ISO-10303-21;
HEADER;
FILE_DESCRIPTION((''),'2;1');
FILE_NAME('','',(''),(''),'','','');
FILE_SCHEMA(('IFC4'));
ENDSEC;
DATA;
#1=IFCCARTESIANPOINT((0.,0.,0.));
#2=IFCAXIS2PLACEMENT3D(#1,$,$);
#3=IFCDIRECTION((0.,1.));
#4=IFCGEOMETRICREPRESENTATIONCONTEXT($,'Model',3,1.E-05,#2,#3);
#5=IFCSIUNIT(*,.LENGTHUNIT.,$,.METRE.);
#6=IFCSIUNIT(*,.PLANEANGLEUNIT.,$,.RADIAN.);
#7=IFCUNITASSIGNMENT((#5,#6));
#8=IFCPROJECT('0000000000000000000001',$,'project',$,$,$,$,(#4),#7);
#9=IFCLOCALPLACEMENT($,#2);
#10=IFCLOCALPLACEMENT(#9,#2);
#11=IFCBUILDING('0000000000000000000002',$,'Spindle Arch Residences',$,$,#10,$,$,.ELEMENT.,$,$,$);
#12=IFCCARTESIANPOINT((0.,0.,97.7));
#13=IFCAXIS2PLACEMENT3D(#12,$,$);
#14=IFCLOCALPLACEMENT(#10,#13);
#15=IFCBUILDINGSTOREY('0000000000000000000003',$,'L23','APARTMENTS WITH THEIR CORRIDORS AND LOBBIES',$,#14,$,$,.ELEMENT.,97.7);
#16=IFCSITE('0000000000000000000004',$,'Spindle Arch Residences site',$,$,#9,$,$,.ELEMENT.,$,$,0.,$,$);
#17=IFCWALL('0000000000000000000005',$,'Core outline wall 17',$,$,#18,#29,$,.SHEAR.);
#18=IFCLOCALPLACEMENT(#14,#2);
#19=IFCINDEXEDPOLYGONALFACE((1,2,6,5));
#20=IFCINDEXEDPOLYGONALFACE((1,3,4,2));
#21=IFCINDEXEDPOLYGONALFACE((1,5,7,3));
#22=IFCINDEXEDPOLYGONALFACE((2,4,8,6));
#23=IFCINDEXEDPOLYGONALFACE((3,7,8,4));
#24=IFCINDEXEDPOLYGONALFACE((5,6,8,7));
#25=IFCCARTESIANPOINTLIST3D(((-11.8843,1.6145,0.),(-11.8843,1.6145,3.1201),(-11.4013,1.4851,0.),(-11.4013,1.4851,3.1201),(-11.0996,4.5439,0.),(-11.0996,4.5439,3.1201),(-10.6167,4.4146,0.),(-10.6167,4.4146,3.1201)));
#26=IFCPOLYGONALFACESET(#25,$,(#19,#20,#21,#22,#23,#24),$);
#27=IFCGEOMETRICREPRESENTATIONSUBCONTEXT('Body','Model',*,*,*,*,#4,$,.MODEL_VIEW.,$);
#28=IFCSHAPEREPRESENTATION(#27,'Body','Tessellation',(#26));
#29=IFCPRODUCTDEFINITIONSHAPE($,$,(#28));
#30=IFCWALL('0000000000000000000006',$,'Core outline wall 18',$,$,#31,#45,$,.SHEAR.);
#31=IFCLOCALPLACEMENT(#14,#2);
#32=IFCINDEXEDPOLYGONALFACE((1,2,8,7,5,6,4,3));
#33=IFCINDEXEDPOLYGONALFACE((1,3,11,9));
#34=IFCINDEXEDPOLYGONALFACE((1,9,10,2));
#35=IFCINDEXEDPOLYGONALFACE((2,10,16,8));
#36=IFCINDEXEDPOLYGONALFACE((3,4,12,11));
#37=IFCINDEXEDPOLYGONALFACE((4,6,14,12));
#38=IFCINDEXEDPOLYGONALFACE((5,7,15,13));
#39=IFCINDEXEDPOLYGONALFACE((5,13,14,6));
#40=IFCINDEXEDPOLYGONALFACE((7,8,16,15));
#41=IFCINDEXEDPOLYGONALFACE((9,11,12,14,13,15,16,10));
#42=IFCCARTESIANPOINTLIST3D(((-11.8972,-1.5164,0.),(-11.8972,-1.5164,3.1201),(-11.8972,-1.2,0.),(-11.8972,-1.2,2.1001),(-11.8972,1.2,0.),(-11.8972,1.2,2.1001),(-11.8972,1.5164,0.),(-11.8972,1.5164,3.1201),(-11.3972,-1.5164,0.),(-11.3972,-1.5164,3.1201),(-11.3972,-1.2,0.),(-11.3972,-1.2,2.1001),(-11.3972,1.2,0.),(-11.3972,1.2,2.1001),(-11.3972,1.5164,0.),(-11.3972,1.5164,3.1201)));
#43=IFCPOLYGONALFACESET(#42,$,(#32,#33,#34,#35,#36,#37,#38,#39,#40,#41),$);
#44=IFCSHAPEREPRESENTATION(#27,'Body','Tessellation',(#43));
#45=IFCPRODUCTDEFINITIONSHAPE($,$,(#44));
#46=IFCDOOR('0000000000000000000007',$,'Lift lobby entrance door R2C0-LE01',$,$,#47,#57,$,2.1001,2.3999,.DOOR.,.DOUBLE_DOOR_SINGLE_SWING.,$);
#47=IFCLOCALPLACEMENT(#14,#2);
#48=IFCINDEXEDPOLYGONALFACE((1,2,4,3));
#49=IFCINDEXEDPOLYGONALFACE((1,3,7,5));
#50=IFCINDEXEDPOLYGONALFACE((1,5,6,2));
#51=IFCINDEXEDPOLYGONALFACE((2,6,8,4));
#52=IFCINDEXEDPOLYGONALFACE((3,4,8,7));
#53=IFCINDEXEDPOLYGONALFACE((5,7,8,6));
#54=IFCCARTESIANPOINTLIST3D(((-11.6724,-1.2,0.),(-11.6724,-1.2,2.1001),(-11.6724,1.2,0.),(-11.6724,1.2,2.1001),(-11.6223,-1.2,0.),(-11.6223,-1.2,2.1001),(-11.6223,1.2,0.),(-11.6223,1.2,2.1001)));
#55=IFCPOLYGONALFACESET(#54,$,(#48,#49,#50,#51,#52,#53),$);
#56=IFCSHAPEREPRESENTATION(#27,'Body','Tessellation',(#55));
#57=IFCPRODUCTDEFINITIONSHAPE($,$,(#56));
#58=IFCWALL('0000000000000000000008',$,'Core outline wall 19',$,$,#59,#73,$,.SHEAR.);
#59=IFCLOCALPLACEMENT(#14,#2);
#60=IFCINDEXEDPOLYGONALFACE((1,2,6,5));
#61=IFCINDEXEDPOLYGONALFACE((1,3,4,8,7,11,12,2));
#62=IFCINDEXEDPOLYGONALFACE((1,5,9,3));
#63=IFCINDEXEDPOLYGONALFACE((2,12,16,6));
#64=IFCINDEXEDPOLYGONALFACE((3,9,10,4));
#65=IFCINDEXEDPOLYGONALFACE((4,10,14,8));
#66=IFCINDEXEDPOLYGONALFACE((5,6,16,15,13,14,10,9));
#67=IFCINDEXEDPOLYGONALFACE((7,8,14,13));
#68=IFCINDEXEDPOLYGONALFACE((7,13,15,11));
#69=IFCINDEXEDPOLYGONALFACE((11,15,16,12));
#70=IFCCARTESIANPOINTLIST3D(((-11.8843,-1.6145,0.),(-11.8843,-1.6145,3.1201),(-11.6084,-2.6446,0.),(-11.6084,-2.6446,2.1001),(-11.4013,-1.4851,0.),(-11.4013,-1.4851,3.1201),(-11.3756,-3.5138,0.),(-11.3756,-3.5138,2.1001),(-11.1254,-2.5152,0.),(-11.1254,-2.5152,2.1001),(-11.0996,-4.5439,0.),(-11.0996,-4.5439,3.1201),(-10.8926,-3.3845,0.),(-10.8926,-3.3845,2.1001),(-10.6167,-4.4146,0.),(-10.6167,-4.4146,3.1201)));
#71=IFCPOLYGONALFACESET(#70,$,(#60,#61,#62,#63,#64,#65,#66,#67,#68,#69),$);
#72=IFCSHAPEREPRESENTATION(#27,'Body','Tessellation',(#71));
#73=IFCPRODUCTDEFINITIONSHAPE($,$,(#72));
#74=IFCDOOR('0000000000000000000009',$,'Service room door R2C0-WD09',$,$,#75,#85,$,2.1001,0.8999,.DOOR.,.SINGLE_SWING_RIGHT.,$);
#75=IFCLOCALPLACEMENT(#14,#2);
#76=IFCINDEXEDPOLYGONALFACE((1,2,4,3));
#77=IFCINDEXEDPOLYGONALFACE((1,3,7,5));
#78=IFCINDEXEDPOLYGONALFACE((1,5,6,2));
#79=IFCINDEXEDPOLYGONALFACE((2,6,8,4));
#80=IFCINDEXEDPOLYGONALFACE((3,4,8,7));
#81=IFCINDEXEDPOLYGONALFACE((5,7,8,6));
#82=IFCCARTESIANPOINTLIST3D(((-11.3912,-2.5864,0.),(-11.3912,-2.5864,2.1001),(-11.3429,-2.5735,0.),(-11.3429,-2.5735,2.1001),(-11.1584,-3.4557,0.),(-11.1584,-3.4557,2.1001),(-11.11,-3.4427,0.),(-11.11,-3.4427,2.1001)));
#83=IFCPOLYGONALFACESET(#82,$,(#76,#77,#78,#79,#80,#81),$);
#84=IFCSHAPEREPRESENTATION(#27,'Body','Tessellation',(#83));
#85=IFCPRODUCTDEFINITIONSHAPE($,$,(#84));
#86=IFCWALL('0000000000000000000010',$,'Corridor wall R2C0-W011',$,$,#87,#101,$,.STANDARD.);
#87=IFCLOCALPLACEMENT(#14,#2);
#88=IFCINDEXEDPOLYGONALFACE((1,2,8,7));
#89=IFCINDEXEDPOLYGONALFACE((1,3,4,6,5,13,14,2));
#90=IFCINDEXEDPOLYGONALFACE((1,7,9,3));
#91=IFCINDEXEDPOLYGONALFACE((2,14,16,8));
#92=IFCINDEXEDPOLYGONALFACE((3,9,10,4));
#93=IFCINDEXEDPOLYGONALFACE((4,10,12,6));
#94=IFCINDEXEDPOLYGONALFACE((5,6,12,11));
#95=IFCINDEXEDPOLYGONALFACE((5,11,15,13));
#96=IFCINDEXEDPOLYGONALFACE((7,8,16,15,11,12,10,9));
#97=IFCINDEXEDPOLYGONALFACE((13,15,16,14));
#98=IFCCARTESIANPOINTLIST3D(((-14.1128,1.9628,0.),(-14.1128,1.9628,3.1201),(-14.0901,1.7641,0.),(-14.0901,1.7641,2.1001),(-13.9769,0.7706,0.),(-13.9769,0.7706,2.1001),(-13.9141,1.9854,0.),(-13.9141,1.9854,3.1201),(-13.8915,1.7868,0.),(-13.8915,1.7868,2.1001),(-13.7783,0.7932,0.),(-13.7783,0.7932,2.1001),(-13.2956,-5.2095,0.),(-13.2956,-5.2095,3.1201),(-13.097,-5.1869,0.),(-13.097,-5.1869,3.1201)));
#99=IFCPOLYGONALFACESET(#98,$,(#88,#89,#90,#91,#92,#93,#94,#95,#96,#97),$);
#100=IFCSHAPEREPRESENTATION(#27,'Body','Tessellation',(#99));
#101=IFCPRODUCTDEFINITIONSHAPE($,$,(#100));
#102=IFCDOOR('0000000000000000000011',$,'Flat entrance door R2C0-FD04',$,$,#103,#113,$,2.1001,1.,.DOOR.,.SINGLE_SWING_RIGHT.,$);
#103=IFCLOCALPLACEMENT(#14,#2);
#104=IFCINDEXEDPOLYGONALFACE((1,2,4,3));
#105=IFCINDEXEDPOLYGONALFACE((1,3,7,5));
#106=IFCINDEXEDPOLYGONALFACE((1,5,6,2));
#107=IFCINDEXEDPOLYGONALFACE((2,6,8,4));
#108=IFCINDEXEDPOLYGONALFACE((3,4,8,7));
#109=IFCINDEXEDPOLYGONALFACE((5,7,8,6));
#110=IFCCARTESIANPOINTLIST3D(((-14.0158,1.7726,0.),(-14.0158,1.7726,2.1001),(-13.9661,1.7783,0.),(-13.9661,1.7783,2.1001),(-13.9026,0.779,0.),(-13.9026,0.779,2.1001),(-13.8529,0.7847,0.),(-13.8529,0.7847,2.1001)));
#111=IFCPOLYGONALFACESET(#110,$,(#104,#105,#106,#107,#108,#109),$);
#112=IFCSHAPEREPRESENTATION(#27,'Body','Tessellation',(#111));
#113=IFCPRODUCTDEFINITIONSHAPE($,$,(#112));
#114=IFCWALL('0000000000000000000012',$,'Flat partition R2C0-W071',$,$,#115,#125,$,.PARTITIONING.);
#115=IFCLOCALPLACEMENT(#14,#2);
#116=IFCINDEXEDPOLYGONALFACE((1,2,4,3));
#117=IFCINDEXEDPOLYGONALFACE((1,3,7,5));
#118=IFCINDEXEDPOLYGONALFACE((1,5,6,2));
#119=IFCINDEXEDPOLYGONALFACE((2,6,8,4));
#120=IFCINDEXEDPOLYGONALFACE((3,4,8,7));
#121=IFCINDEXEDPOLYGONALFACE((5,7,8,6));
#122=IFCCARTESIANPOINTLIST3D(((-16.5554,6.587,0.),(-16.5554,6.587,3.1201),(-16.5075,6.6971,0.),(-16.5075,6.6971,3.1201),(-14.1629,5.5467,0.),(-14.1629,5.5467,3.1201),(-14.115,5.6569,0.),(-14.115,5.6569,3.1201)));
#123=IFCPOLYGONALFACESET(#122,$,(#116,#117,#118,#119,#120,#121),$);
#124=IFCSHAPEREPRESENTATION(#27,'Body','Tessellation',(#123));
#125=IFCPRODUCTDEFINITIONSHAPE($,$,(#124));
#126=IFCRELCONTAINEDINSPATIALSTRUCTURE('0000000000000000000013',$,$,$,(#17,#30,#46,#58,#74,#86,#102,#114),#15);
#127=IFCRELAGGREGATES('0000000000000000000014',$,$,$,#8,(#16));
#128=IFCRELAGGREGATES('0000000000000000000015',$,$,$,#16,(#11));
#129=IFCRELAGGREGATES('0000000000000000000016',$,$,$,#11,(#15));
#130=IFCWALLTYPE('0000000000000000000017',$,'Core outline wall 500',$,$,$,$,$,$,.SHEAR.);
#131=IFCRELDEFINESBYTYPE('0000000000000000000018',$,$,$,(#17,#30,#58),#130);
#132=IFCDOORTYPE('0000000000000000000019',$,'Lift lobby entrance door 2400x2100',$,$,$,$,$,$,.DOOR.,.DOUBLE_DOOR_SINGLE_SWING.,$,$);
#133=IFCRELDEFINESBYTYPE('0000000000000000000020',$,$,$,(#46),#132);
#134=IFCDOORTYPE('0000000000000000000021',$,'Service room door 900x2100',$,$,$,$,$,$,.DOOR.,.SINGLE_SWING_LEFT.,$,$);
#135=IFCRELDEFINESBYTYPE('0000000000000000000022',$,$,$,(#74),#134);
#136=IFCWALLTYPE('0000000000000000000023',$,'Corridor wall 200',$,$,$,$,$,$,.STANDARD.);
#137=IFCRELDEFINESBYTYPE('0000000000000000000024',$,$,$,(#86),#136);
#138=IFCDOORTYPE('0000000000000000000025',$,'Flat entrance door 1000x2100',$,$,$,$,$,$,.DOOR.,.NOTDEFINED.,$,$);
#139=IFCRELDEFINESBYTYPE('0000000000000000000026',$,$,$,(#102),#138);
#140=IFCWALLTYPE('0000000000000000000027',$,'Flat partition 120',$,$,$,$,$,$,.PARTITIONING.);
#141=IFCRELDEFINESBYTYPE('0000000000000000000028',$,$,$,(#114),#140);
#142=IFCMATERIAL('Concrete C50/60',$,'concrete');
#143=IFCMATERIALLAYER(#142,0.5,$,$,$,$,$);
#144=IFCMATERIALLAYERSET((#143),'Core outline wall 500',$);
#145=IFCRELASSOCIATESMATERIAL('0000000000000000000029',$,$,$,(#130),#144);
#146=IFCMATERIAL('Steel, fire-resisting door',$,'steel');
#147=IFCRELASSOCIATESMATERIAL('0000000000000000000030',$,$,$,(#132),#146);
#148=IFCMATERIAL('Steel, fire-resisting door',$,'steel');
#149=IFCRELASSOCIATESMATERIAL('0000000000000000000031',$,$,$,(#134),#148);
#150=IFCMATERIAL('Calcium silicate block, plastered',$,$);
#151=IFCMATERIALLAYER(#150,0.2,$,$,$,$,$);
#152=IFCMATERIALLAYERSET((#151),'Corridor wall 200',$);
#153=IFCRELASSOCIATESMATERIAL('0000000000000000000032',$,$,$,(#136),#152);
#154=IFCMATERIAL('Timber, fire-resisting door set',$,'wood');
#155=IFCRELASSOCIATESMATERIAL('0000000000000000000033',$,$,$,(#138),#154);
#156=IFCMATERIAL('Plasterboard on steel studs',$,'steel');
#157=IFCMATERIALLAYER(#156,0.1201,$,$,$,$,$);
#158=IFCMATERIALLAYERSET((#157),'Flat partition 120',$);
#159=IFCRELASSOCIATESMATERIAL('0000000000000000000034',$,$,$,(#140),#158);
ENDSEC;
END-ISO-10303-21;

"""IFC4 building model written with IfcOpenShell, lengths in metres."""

from ifc_helpers import new_model, si_unit, direction, frame, frame_2d, origin, place, context, subcontext, project, spatial, rectangle, extrude, material, layer, layer_set, type_object, element, fill, save


model = new_model("IFC4")

# Units and contexts
model_context = context("Model", 3, precision=1e-05, world=origin(), true_north=direction((0.0, 1.0)))
body_context = subcontext(model_context, "Body", "Model", "MODEL_VIEW")
ifc_project = project(units=[si_unit("LENGTHUNIT", "METRE"), si_unit("PLANEANGLEUNIT", "RADIAN")], contexts=[model_context])

# Site, building, storey
site_placement = place(None, origin())
site = spatial("IfcSite", under=ifc_project, at=site_placement, Name="Spindle Arch Residences site", CompositionType="ELEMENT", RefElevation=0.0)
building_placement = place(site_placement, origin())
building = spatial("IfcBuilding", under=site, at=building_placement, Name="Spindle Arch Residences", CompositionType="ELEMENT")
storey_placement = place(building_placement, frame((0.0, 0.0, 97.7)))
storey = spatial("IfcBuildingStorey", under=building, at=storey_placement, Name="L23", Description="APARTMENTS WITH THEIR CORRIDORS AND LOBBIES", CompositionType="ELEMENT", Elevation=97.7)

# Wall
ifc_material_1 = material(Name="Concrete C50/60", Category="concrete")
ifc_layer_1 = layer(ifc_material_1, 0.5)
ifc_layer_set_1 = layer_set([ifc_layer_1], Name="Core outline wall 500")
wall_type_1 = type_object("IfcWallType", Name="Core outline wall 500", PredefinedType="SHEAR", material=ifc_layer_set_1)
wall_1_placement = place(storey_placement, frame((-10.8582, 4.4792, 0.0), z_axis=(0.0, 0.0, 1.0), x_axis=(-0.258735, -0.965948, 0.0)))
element("IfcWall", 1, at=wall_1_placement, inside=storey, type_object=wall_type_1, Name="Core outline wall 17", PredefinedType="SHEAR", context=body_context, shape_type="SweptSolid", body=[
    extrude(rectangle(XDim=3.0327, YDim=0.5, at=frame_2d((1.5164, 0.0))), origin(), (0.0, 0.0, 1.0), 3.1201),
])

# Walls, openings, doors
wall_2_placement = place(storey_placement, frame((-11.6472, 1.5164, 0.0), z_axis=(0.0, 0.0, 1.0), x_axis=(0.0, -1.0, 0.0)))
wall_2 = element("IfcWall", 2, at=wall_2_placement, inside=storey, type_object=wall_type_1, Name="Core outline wall 18", PredefinedType="SHEAR", context=body_context, shape_type="SweptSolid", body=[
    extrude(rectangle(XDim=3.0327, YDim=0.5, at=frame_2d((1.5164, 0.0))), origin(), (0.0, 0.0, 1.0), 3.1201),
])
opening_1_placement = place(wall_2_placement, frame((0.3164, 0.0, 0.0)))
opening_1 = element("IfcOpeningElement", 3, at=opening_1_placement, cuts=wall_2, PredefinedType="OPENING", context=body_context, shape_type="SweptSolid", body=[
    extrude(rectangle(XDim=2.3999, YDim=2.1001, at=frame_2d((1.2, 1.05))), frame((0.0, 0.26, 0.0), z_axis=(0.0, -1.0, 0.0), x_axis=(1.0, 0.0, 0.0)), (0.0, 0.0, 1.0), 0.52),
])
ifc_material_2 = material(Name="Steel, fire-resisting door", Category="steel")
door_type_1 = type_object("IfcDoorType", Name="Lift lobby entrance door 2400x2100", OperationType="DOUBLE_DOOR_SINGLE_SWING", PredefinedType="DOOR", material=ifc_material_2)
door_1_placement = place(opening_1_placement, origin())
door_1 = element("IfcDoor", 4, at=door_1_placement, inside=storey, type_object=door_type_1, Name="Lift lobby entrance door R2C0-LE01", OperationType="DOUBLE_DOOR_SINGLE_SWING", OverallHeight=2.1001, OverallWidth=2.3999, PredefinedType="DOOR", context=body_context, shape_type="SweptSolid", body=[
    extrude(rectangle(XDim=2.3999, YDim=2.1001, at=frame_2d((1.2, 1.05))), frame((0.0, 0.0249, 0.0), z_axis=(0.0, -1.0, 0.0), x_axis=(1.0, 0.0, 0.0)), (0.0, 0.0, 1.0), 0.05),
])
fill(opening_1, door_1)
wall_3_placement = place(storey_placement, frame((-11.6428, -1.5498, 0.0), z_axis=(0.0, 0.0, 1.0), x_axis=(0.258735, -0.965948, 0.0)))
wall_3 = element("IfcWall", 5, at=wall_3_placement, inside=storey, type_object=wall_type_1, Name="Core outline wall 19", PredefinedType="SHEAR", context=body_context, shape_type="SweptSolid", body=[
    extrude(rectangle(XDim=3.0327, YDim=0.5, at=frame_2d((1.5164, 0.0))), origin(), (0.0, 0.0, 1.0), 3.1201),
])
opening_2_placement = place(wall_3_placement, frame((1.0664, 0.0, 0.0)))
opening_2 = element("IfcOpeningElement", 6, at=opening_2_placement, cuts=wall_3, PredefinedType="OPENING", context=body_context, shape_type="SweptSolid", body=[
    extrude(rectangle(XDim=0.8999, YDim=2.1001, at=frame_2d((0.45, 1.05))), frame((0.0, 0.26, 0.0), z_axis=(0.0, -1.0, 0.0), x_axis=(1.0, 0.0, 0.0)), (0.0, 0.0, 1.0), 0.52),
])
ifc_material_3 = material(Name="Steel, fire-resisting door", Category="steel")
door_type_2 = type_object("IfcDoorType", Name="Service room door 900x2100", OperationType="SINGLE_SWING_LEFT", PredefinedType="DOOR", material=ifc_material_3)
door_2_placement = place(opening_2_placement, origin())
door_2 = element("IfcDoor", 7, at=door_2_placement, inside=storey, type_object=door_type_2, Name="Service room door R2C0-WD09", OperationType="SINGLE_SWING_RIGHT", OverallHeight=2.1001, OverallWidth=0.8999, PredefinedType="DOOR", context=body_context, shape_type="SweptSolid", body=[
    extrude(rectangle(XDim=0.8999, YDim=2.1001, at=frame_2d((0.45, 1.05))), frame((0.0, 0.0249, 0.0), z_axis=(0.0, -1.0, 0.0), x_axis=(1.0, 0.0, 0.0)), (0.0, 0.0, 1.0), 0.05),
])
fill(opening_2, door_2)
ifc_material_4 = material(Name="Calcium silicate block, plastered")
ifc_layer_2 = layer(ifc_material_4, 0.2)
ifc_layer_set_2 = layer_set([ifc_layer_2], Name="Corridor wall 200")
wall_type_2 = type_object("IfcWallType", Name="Corridor wall 200", PredefinedType="STANDARD", material=ifc_layer_set_2)
wall_4_placement = place(storey_placement, frame((-14.0134, 1.9741, 0.0), z_axis=(0.0, 0.0, 1.0), x_axis=(0.113197, -0.993573, 0.0)))
wall_4 = element("IfcWall", 8, at=wall_4_placement, inside=storey, type_object=wall_type_2, Name="Corridor wall R2C0-W011", PredefinedType="STANDARD", context=body_context, shape_type="SweptSolid", body=[
    extrude(rectangle(XDim=7.2188, YDim=0.2, at=frame_2d((3.6094, 0.0))), origin(), (0.0, 0.0, 1.0), 3.1201),
])
opening_3_placement = place(wall_4_placement, frame((0.2, 0.0, 0.0)))
opening_3 = element("IfcOpeningElement", 9, at=opening_3_placement, cuts=wall_4, PredefinedType="OPENING", context=body_context, shape_type="SweptSolid", body=[
    extrude(rectangle(XDim=1.0, YDim=2.1001, at=frame_2d((0.5, 1.05))), frame((0.0, 0.1099, 0.0), z_axis=(0.0, -1.0, 0.0), x_axis=(1.0, 0.0, 0.0)), (0.0, 0.0, 1.0), 0.22),
])
ifc_material_5 = material(Name="Timber, fire-resisting door set", Category="wood")
door_type_3 = type_object("IfcDoorType", Name="Flat entrance door 1000x2100", OperationType="NOTDEFINED", PredefinedType="DOOR", material=ifc_material_5)
door_3_placement = place(opening_3_placement, origin())
door_3 = element("IfcDoor", 10, at=door_3_placement, inside=storey, type_object=door_type_3, Name="Flat entrance door R2C0-FD04", OperationType="SINGLE_SWING_RIGHT", OverallHeight=2.1001, OverallWidth=1.0, PredefinedType="DOOR", context=body_context, shape_type="SweptSolid", body=[
    extrude(rectangle(XDim=1.0, YDim=2.1001, at=frame_2d((0.5, 1.05))), frame((0.0, 0.0249, 0.0), z_axis=(0.0, -1.0, 0.0), x_axis=(1.0, 0.0, 0.0)), (0.0, 0.0, 1.0), 0.05),
])
fill(opening_3, door_3)

# Wall
ifc_material_6 = material(Name="Plasterboard on steel studs", Category="steel")
ifc_layer_3 = layer(ifc_material_6, 0.1201)
ifc_layer_set_3 = layer_set([ifc_layer_3], Name="Flat partition 120")
wall_type_3 = type_object("IfcWallType", Name="Flat partition 120", PredefinedType="PARTITIONING", material=ifc_layer_set_3)
wall_5_placement = place(storey_placement, frame((-14.1389, 5.6018, 0.0), z_axis=(0.0, 0.0, 1.0), x_axis=(-0.917066, 0.398736, 0.0)))
element("IfcWall", 11, at=wall_5_placement, inside=storey, type_object=wall_type_3, Name="Flat partition R2C0-W071", PredefinedType="PARTITIONING", context=body_context, shape_type="SweptSolid", body=[
    extrude(rectangle(XDim=2.6089, YDim=0.1201, at=frame_2d((1.3044, 0.0))), origin(), (0.0, 0.0, 1.0), 3.1201),
])

save(model, "model.ifc")
